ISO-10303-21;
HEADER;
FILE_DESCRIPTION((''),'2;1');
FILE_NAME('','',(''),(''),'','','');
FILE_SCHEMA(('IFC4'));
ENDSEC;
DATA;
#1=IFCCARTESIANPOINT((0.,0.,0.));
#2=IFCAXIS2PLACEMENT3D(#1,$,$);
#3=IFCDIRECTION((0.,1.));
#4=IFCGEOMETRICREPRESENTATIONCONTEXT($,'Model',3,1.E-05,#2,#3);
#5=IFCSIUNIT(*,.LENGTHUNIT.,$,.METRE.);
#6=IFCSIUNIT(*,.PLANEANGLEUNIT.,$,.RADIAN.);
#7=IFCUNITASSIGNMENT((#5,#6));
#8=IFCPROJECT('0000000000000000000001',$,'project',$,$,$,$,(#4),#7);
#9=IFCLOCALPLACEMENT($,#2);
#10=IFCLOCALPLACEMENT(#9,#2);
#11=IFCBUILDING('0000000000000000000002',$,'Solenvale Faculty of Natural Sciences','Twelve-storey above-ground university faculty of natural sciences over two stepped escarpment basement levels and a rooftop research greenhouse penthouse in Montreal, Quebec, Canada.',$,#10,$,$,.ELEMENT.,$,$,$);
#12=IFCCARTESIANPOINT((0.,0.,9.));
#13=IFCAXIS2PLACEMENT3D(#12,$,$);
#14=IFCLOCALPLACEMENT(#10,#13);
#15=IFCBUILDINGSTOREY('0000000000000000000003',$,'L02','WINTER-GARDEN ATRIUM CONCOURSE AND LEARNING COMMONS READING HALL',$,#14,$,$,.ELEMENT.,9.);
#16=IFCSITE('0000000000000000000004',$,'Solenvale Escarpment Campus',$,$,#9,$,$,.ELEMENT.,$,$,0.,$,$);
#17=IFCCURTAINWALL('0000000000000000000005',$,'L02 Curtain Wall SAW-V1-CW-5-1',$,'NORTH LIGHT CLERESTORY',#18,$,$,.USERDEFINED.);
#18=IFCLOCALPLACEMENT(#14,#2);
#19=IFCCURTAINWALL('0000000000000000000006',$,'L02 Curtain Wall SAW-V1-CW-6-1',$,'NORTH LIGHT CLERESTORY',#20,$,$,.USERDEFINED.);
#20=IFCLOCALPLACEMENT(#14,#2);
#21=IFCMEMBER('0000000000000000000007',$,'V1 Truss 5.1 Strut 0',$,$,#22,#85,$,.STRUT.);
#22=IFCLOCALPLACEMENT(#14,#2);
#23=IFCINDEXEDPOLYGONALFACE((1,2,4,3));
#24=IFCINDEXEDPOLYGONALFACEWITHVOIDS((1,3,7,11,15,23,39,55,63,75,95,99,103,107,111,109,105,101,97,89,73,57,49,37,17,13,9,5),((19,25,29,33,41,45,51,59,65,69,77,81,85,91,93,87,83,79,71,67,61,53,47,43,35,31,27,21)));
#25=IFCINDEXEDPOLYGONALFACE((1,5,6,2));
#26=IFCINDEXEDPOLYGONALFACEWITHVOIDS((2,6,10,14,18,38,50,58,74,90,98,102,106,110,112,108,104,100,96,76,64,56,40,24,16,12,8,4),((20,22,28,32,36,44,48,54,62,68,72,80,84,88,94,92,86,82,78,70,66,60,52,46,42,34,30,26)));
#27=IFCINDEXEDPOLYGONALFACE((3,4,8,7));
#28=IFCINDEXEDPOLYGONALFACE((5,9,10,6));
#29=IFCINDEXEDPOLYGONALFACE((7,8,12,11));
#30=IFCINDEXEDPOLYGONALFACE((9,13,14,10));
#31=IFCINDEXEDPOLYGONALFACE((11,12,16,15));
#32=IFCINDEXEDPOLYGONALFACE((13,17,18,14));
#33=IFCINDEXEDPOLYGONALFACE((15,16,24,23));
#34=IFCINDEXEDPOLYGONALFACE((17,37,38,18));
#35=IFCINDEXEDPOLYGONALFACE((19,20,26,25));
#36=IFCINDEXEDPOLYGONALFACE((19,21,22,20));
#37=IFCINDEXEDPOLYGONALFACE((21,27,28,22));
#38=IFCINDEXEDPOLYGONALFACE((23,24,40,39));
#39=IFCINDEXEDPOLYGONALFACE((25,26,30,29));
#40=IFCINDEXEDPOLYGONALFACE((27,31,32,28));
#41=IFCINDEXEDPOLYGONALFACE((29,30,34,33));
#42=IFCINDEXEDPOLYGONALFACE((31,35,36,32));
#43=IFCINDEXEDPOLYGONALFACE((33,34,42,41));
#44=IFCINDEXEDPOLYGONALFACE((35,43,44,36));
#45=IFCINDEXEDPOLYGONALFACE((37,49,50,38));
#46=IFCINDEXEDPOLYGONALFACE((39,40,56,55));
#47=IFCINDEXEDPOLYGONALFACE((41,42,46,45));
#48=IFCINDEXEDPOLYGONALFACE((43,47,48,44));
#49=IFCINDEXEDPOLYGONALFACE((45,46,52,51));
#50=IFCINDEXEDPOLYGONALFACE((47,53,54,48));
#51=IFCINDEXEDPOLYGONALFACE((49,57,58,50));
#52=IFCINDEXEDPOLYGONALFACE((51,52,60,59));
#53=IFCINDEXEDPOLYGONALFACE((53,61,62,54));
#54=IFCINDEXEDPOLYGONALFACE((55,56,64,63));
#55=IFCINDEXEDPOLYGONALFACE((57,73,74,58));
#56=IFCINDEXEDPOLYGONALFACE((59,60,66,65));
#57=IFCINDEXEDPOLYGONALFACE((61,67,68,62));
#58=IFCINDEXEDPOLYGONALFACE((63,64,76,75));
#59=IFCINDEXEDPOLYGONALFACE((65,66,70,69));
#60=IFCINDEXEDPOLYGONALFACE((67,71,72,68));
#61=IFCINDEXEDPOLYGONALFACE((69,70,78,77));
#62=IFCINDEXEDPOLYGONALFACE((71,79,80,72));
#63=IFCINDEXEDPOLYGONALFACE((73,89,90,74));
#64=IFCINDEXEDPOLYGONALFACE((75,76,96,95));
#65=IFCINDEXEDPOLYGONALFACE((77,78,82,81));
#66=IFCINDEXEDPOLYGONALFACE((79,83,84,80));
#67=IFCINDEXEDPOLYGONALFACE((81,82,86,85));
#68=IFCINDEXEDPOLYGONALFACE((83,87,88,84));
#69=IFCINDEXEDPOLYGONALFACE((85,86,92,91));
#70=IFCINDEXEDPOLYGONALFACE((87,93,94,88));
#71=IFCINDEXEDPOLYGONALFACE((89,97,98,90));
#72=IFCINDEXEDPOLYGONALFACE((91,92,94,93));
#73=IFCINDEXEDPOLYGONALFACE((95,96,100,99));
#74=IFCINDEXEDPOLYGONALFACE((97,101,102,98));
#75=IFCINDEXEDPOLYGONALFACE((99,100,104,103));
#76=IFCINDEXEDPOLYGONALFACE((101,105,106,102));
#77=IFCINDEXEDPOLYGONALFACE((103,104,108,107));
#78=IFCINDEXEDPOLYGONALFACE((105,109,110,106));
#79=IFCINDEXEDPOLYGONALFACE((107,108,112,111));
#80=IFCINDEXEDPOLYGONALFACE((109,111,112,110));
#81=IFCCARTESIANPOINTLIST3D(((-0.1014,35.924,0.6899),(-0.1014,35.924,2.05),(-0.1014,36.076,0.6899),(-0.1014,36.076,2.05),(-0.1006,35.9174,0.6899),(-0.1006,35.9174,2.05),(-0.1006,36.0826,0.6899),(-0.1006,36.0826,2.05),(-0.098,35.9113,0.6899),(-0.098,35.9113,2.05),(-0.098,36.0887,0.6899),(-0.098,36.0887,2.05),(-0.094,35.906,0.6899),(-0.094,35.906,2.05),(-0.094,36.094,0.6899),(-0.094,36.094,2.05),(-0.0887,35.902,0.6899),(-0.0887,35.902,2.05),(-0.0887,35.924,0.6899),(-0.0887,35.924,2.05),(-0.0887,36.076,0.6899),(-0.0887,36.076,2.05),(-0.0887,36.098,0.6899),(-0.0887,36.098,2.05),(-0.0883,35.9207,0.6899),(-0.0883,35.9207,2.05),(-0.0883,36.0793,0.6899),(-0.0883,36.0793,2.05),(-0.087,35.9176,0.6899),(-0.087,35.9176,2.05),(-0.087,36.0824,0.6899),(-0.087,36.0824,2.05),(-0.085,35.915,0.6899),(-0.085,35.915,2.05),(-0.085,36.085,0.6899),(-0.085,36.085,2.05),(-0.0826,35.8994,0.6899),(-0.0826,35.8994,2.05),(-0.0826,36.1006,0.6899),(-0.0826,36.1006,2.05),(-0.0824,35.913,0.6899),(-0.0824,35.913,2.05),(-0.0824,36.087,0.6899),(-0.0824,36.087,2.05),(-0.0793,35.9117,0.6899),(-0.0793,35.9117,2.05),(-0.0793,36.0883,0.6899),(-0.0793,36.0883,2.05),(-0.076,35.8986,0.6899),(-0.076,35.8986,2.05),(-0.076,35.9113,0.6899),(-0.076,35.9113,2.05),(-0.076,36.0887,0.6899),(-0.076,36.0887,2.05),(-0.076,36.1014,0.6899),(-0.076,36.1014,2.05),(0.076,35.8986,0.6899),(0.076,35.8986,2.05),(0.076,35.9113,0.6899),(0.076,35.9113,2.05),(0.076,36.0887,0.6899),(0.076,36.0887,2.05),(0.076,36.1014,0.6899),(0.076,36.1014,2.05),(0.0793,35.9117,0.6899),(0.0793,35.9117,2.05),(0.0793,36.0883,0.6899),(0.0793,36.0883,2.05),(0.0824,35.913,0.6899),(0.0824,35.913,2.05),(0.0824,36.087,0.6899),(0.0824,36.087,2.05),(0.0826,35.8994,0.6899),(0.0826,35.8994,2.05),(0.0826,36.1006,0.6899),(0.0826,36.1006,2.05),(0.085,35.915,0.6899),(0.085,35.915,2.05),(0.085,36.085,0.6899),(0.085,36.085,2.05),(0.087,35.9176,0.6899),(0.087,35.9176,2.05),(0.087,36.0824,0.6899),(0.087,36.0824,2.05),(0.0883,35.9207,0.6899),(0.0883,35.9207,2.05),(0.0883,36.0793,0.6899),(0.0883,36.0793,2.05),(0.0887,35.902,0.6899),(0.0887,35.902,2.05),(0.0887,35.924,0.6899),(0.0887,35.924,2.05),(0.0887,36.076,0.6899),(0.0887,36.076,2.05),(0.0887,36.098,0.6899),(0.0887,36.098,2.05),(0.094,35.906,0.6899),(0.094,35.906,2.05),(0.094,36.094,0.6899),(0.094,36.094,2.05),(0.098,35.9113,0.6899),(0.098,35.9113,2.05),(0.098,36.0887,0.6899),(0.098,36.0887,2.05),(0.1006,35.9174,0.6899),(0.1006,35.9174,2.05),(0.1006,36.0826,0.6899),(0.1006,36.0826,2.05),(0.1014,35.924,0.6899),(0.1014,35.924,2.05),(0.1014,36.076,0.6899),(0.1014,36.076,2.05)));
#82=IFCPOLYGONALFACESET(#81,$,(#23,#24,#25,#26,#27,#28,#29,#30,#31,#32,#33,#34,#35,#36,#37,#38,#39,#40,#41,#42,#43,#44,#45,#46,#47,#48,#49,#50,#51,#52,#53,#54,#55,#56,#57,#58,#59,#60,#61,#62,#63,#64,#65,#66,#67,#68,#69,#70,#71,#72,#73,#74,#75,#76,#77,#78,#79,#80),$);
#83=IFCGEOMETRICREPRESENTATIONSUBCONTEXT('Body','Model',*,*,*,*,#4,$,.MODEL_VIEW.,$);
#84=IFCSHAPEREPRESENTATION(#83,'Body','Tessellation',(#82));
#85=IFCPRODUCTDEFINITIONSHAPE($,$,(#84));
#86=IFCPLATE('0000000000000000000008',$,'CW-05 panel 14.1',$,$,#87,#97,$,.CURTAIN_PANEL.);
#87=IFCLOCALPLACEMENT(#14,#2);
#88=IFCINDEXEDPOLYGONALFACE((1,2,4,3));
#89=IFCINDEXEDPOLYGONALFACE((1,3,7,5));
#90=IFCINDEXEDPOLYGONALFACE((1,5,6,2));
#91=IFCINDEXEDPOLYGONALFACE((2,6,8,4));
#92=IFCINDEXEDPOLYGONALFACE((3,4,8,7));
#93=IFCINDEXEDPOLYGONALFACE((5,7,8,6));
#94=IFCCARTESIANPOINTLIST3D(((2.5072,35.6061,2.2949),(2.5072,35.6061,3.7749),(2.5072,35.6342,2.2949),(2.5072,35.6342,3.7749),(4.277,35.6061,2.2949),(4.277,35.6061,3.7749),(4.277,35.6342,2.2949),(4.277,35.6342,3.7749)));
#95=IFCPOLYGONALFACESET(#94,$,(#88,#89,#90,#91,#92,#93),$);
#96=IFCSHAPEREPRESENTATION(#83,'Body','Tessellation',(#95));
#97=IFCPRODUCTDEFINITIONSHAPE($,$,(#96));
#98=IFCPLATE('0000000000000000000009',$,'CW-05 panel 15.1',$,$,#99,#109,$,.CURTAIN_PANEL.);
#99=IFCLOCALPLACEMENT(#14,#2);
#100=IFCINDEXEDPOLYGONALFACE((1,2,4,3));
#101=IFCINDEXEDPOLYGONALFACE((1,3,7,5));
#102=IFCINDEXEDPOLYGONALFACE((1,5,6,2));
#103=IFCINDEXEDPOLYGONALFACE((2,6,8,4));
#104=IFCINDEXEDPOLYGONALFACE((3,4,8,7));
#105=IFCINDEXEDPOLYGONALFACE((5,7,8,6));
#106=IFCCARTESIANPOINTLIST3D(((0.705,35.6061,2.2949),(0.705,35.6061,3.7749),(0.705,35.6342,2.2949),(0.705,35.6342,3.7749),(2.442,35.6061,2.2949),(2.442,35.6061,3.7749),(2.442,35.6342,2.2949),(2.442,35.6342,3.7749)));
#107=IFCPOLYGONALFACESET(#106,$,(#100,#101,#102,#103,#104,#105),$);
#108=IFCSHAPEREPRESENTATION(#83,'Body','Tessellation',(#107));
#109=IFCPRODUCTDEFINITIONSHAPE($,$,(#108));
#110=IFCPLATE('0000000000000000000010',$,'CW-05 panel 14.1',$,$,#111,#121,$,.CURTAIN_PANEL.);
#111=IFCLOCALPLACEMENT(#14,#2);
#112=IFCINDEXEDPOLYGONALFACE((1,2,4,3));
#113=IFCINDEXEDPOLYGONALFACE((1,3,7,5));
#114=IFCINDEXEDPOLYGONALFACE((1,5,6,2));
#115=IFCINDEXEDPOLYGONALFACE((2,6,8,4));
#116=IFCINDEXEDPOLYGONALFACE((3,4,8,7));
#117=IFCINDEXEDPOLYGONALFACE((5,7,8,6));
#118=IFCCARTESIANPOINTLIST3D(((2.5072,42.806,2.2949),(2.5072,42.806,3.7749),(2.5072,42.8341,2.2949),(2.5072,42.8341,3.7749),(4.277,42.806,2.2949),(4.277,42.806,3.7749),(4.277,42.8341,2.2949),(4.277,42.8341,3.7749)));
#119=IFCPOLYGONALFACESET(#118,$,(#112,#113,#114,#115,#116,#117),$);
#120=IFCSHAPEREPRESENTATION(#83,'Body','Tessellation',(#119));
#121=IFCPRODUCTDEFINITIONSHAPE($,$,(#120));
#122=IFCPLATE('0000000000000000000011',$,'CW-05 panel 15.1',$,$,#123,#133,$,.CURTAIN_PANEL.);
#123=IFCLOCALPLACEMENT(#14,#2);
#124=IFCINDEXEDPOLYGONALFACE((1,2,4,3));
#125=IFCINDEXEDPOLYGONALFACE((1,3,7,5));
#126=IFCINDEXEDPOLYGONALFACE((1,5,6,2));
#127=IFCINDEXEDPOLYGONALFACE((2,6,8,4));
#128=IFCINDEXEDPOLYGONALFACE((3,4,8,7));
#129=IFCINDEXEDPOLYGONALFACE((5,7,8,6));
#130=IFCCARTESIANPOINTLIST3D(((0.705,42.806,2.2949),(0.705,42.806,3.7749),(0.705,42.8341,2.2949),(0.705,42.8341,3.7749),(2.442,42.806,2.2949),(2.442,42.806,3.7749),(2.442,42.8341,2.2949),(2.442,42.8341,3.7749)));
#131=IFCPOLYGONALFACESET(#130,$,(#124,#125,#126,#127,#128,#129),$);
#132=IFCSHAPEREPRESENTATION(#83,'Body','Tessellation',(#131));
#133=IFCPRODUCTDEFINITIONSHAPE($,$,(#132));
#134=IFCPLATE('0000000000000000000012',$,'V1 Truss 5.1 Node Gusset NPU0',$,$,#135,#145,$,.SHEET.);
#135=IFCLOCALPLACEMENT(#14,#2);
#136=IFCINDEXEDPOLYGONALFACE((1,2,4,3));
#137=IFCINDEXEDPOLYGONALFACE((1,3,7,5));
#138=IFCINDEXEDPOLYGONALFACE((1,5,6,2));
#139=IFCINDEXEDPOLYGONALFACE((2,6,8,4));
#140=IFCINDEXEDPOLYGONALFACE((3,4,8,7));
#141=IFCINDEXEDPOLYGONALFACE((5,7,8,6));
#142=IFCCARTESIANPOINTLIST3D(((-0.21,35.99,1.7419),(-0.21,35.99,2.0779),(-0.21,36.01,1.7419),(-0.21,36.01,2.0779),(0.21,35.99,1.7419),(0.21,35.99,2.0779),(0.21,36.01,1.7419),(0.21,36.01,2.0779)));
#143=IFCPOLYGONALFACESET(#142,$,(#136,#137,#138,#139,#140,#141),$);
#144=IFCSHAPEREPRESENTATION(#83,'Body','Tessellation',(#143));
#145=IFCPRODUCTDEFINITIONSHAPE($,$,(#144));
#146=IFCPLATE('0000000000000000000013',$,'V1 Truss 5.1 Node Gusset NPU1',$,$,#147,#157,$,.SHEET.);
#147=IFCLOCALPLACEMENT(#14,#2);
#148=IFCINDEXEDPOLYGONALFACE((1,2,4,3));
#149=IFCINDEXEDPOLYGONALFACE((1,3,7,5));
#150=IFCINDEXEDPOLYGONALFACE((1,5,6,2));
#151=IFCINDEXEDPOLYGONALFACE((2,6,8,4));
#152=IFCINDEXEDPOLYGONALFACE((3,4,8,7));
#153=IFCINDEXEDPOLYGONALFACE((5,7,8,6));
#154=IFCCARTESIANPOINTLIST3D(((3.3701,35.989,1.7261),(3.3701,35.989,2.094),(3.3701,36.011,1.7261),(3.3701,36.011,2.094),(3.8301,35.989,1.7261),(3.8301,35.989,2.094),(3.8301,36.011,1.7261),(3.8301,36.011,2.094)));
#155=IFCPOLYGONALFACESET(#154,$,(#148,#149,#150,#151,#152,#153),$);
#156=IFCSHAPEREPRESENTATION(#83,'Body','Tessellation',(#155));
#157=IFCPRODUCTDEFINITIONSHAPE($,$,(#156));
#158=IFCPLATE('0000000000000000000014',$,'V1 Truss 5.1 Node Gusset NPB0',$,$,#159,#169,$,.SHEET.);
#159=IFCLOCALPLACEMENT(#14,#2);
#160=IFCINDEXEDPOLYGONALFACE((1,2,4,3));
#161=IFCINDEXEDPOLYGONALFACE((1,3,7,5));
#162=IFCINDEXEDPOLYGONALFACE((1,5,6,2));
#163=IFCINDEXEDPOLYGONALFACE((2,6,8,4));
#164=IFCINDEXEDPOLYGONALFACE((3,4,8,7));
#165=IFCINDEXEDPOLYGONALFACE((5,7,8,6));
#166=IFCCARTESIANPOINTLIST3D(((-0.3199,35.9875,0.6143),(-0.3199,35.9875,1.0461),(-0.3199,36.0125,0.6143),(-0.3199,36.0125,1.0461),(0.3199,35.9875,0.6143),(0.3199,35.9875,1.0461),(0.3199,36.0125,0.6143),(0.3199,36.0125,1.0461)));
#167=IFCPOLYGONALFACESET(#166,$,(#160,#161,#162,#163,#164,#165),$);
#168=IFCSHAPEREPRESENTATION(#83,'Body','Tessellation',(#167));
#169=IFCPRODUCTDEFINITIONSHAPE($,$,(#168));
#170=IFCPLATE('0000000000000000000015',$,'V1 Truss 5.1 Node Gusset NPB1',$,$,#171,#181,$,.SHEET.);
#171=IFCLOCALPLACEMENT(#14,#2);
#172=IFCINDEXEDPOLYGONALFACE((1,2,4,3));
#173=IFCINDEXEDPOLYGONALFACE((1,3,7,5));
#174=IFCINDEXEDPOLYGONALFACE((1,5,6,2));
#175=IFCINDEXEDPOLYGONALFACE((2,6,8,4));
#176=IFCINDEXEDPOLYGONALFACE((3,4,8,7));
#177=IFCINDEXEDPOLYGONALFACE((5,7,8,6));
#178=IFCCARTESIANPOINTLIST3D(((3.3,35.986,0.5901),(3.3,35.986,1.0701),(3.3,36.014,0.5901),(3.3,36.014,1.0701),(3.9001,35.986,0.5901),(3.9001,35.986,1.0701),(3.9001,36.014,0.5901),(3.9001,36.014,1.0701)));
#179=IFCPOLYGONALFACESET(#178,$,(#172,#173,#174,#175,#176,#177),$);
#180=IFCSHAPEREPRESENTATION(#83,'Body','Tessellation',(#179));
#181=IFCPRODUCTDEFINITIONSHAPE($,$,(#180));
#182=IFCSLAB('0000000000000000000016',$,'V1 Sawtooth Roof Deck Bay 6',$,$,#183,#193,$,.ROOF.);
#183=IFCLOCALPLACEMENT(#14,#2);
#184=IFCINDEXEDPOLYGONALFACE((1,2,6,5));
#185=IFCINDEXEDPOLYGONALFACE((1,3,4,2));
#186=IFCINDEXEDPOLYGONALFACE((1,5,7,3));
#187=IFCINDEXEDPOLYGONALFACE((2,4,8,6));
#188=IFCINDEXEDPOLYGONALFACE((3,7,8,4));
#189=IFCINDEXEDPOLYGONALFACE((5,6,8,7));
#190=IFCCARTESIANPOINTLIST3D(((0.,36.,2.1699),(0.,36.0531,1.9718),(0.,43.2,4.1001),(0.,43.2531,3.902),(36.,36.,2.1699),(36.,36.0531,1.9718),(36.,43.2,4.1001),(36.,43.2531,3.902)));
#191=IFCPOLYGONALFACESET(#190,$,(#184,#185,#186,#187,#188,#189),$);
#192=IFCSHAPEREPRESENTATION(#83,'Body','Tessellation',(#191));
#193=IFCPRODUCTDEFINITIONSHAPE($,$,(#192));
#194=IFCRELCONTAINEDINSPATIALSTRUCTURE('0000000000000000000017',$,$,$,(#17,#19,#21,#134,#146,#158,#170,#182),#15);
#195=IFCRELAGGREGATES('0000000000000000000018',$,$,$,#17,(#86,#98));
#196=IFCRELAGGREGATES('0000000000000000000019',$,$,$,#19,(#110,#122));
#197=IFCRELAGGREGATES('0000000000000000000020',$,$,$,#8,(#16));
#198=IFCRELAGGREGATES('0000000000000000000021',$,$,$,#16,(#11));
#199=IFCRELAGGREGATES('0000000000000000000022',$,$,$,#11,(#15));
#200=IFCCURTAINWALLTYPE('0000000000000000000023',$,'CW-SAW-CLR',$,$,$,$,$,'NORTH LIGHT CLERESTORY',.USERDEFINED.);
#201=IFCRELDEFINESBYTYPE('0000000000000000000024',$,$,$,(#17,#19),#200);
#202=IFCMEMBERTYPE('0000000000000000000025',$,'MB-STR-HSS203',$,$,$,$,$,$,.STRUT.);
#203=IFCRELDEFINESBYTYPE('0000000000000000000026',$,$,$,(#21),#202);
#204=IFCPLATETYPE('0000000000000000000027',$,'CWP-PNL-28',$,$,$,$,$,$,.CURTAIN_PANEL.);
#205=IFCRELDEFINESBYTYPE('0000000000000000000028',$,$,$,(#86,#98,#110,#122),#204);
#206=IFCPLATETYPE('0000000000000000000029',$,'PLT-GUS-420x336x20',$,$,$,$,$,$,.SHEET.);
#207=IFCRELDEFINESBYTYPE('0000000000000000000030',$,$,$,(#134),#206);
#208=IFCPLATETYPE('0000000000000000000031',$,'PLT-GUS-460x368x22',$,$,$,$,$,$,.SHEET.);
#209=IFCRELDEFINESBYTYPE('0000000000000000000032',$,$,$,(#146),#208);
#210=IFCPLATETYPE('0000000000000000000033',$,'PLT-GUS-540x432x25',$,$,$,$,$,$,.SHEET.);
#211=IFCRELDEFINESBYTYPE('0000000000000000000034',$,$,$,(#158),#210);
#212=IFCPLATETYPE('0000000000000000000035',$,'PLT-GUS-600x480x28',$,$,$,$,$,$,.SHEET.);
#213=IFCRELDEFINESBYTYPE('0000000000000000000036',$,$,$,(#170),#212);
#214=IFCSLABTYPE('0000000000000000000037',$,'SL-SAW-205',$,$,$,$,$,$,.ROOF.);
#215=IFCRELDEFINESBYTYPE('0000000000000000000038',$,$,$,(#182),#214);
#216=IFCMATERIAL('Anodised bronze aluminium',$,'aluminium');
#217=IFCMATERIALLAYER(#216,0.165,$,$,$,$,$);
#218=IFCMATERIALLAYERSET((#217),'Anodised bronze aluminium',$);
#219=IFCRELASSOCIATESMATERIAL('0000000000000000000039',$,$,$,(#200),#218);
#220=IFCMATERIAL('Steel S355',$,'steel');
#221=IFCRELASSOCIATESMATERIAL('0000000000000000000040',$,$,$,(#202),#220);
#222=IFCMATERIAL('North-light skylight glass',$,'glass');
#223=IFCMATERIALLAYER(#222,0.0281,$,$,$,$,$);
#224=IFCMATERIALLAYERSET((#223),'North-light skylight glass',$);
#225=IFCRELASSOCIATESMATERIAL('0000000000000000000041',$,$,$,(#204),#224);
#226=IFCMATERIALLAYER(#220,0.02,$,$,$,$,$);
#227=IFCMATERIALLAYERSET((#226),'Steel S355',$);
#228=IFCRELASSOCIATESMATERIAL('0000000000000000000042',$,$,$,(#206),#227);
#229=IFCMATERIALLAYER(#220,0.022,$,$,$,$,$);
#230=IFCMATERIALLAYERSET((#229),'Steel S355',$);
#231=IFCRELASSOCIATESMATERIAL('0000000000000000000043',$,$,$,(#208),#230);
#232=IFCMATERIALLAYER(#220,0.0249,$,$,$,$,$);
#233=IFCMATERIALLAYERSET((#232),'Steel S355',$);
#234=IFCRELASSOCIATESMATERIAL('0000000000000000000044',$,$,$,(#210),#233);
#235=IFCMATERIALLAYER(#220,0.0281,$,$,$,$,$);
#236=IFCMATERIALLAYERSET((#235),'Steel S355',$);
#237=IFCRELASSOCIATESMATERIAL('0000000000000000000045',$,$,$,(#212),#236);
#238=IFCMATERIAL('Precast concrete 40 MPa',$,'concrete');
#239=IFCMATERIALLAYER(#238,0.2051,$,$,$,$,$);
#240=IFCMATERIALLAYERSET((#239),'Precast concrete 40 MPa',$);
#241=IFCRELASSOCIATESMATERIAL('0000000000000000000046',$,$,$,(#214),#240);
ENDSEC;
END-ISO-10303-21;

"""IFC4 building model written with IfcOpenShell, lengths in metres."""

from ifc_helpers import new_model, si_unit, direction, frame, origin, origin_2d, place, context, subcontext, project, spatial, polyline, rectangle, hollow_rectangle, outline, extrude, material, layer, layer_set, material_profile, profile_set, type_object, element, aggregate, save


model = new_model("IFC4")

# Units and contexts
model_context = context("Model", 3, precision=1e-05, world=origin(), true_north=direction((0.0, 1.0)))
body_context = subcontext(model_context, "Body", "Model", "MODEL_VIEW")
ifc_project = project(units=[si_unit("LENGTHUNIT", "METRE"), si_unit("PLANEANGLEUNIT", "RADIAN")], contexts=[model_context])

# Site, building, storey
site_placement = place(None, origin())
site = spatial("IfcSite", under=ifc_project, at=site_placement, Name="Solenvale Escarpment Campus", CompositionType="ELEMENT", RefElevation=0.0)
building_placement = place(site_placement, origin())
building = spatial("IfcBuilding", under=site, at=building_placement, Name="Solenvale Faculty of Natural Sciences", Description="Twelve-storey above-ground university faculty of natural sciences over two stepped escarpment basement levels and a rooftop research greenhouse penthouse in Montreal, Quebec, Canada.", CompositionType="ELEMENT")
storey_placement = place(building_placement, frame((0.0, 0.0, 9.0)))
storey = spatial("IfcBuildingStorey", under=building, at=storey_placement, Name="L02", Description="WINTER-GARDEN ATRIUM CONCOURSE AND LEARNING COMMONS READING HALL", CompositionType="ELEMENT", Elevation=9.0)

# Shared definitions
ifc_material_1 = material(Name="Steel S355", Category="steel")

# Curtain walls
ifc_material_2 = material(Name="Anodised bronze aluminium", Category="aluminium")
ifc_layer_1 = layer(ifc_material_2, 0.165)
ifc_layer_set_1 = layer_set([ifc_layer_1], Name="Anodised bronze aluminium")
curtain_wall_type = type_object("IfcCurtainWallType", Name="CW-SAW-CLR", ElementType="NORTH LIGHT CLERESTORY", PredefinedType="USERDEFINED", material=ifc_layer_set_1)
curtain_wall_1_placement = place(storey_placement, origin())
curtain_wall_1 = element("IfcCurtainWall", 1, at=curtain_wall_1_placement, inside=storey, type_object=curtain_wall_type, Name="L02 Curtain Wall SAW-V1-CW-5-1", ObjectType="NORTH LIGHT CLERESTORY", PredefinedType="USERDEFINED")
curtain_wall_2_placement = place(storey_placement, origin())
curtain_wall_2 = element("IfcCurtainWall", 2, at=curtain_wall_2_placement, inside=storey, type_object=curtain_wall_type, Name="L02 Curtain Wall SAW-V1-CW-6-1", ObjectType="NORTH LIGHT CLERESTORY", PredefinedType="USERDEFINED")

# Member
ifc_material_profile_1 = material_profile(ifc_material_1, hollow_rectangle(XDim=0.2029, YDim=0.2029, WallThickness=0.0127, InnerFilletRadius=0.0127, OuterFilletRadius=0.0254, at=origin_2d()), Name="HSS203x203x13")
ifc_profile_set_1 = profile_set([ifc_material_profile_1], Name="Steel S355")
member_type_1 = type_object("IfcMemberType", Name="MB-STR-HSS203", PredefinedType="STRUT", material=ifc_profile_set_1)
member_1_placement = place(storey_placement, frame((0.0, 36.0, 0.6899), z_axis=(0.0, 0.0, 1.0), x_axis=(1.0, 0.0, 0.0)))
element("IfcMember", 3, at=member_1_placement, inside=storey, type_object=member_type_1, Name="V1 Truss 5.1 Strut 0", PredefinedType="STRUT", context=body_context, shape_type="SweptSolid", body=[
    extrude(hollow_rectangle(XDim=0.2029, YDim=0.2029, WallThickness=0.0127, InnerFilletRadius=0.0127, OuterFilletRadius=0.0254, at=origin_2d()), origin(), (0.0, 0.0, 1.0), 1.3601),
])

# Plates
ifc_material_3 = material(Name="North-light skylight glass", Category="glass")
ifc_layer_2 = layer(ifc_material_3, 0.0281)
ifc_layer_set_2 = layer_set([ifc_layer_2], Name="North-light skylight glass")
plate_type_1 = type_object("IfcPlateType", Name="CWP-PNL-28", PredefinedType="CURTAIN_PANEL", material=ifc_layer_set_2)
plate_1_placement = place(storey_placement, frame((3.3921, 35.6201, 2.2949), z_axis=(0.0, 0.0, 1.0), x_axis=(-1.0, 0.0, 0.0)))
plate_1 = element("IfcPlate", 4, at=plate_1_placement, type_object=plate_type_1, Name="CW-05 panel 14.1", PredefinedType="CURTAIN_PANEL", context=body_context, shape_type="SweptSolid", body=[
    extrude(rectangle(XDim=1.7698, YDim=0.0281, at=origin_2d()), origin(), (0.0, 0.0, 1.0), 1.48),
])
plate_2_placement = place(storey_placement, frame((1.5735, 35.6201, 2.2949), z_axis=(0.0, 0.0, 1.0), x_axis=(-1.0, 0.0, 0.0)))
plate_2 = element("IfcPlate", 5, at=plate_2_placement, type_object=plate_type_1, Name="CW-05 panel 15.1", PredefinedType="CURTAIN_PANEL", context=body_context, shape_type="SweptSolid", body=[
    extrude(rectangle(XDim=1.7371, YDim=0.0281, at=origin_2d()), origin(), (0.0, 0.0, 1.0), 1.48),
])
aggregate(curtain_wall_1, [plate_1, plate_2])
plate_3_placement = place(storey_placement, frame((3.3921, 42.8201, 2.2949), z_axis=(0.0, 0.0, 1.0), x_axis=(-1.0, 0.0, 0.0)))
plate_3 = element("IfcPlate", 6, at=plate_3_placement, type_object=plate_type_1, Name="CW-05 panel 14.1", PredefinedType="CURTAIN_PANEL", context=body_context, shape_type="SweptSolid", body=[
    extrude(rectangle(XDim=1.7698, YDim=0.0281, at=origin_2d()), origin(), (0.0, 0.0, 1.0), 1.48),
])
plate_4_placement = place(storey_placement, frame((1.5735, 42.8201, 2.2949), z_axis=(0.0, 0.0, 1.0), x_axis=(-1.0, 0.0, 0.0)))
plate_4 = element("IfcPlate", 7, at=plate_4_placement, type_object=plate_type_1, Name="CW-05 panel 15.1", PredefinedType="CURTAIN_PANEL", context=body_context, shape_type="SweptSolid", body=[
    extrude(rectangle(XDim=1.7371, YDim=0.0281, at=origin_2d()), origin(), (0.0, 0.0, 1.0), 1.48),
])
aggregate(curtain_wall_2, [plate_3, plate_4])

# Plates
ifc_layer_3 = layer(ifc_material_1, 0.02)
ifc_layer_set_3 = layer_set([ifc_layer_3], Name="Steel S355")
plate_type_2 = type_object("IfcPlateType", Name="PLT-GUS-420x336x20", PredefinedType="SHEET", material=ifc_layer_set_3)
plate_5_placement = place(storey_placement, frame((0.0, 36.0, 1.7419), z_axis=(0.0, 0.0, 1.0), x_axis=(1.0, 0.0, 0.0)))
element("IfcPlate", 8, at=plate_5_placement, inside=storey, type_object=plate_type_2, Name="V1 Truss 5.1 Node Gusset NPU0", PredefinedType="SHEET", context=body_context, shape_type="SweptSolid", body=[
    extrude(rectangle(XDim=0.4199, YDim=0.02, at=origin_2d()), origin(), (0.0, 0.0, 1.0), 0.3359),
])
ifc_layer_4 = layer(ifc_material_1, 0.022)
ifc_layer_set_4 = layer_set([ifc_layer_4], Name="Steel S355")
plate_type_3 = type_object("IfcPlateType", Name="PLT-GUS-460x368x22", PredefinedType="SHEET", material=ifc_layer_set_4)
plate_6_placement = place(storey_placement, frame((3.6001, 36.0, 1.7261), z_axis=(0.0, 0.0, 1.0), x_axis=(1.0, 0.0, 0.0)))
element("IfcPlate", 9, at=plate_6_placement, inside=storey, type_object=plate_type_3, Name="V1 Truss 5.1 Node Gusset NPU1", PredefinedType="SHEET", context=body_context, shape_type="SweptSolid", body=[
    extrude(rectangle(XDim=0.46, YDim=0.022, at=origin_2d()), origin(), (0.0, 0.0, 1.0), 0.3679),
])
ifc_layer_5 = layer(ifc_material_1, 0.0249)
ifc_layer_set_5 = layer_set([ifc_layer_5], Name="Steel S355")
plate_type_4 = type_object("IfcPlateType", Name="PLT-GUS-540x432x25", PredefinedType="SHEET", material=ifc_layer_set_5)
plate_7_placement = place(storey_placement, frame((0.0, 36.0, 0.6143), z_axis=(0.0, 0.0, 1.0), x_axis=(1.0, 0.0, 0.0)))
element("IfcPlate", 10, at=plate_7_placement, inside=storey, type_object=plate_type_4, Name="V1 Truss 5.1 Node Gusset NPB0", PredefinedType="SHEET", context=body_context, shape_type="SweptSolid", body=[
    extrude(rectangle(XDim=0.6399, YDim=0.0249, at=origin_2d()), origin(), (0.0, 0.0, 1.0), 0.4319),
])
ifc_layer_6 = layer(ifc_material_1, 0.0281)
ifc_layer_set_6 = layer_set([ifc_layer_6], Name="Steel S355")
plate_type_5 = type_object("IfcPlateType", Name="PLT-GUS-600x480x28", PredefinedType="SHEET", material=ifc_layer_set_6)
plate_8_placement = place(storey_placement, frame((3.6001, 36.0, 0.5901), z_axis=(0.0, 0.0, 1.0), x_axis=(1.0, 0.0, 0.0)))
element("IfcPlate", 11, at=plate_8_placement, inside=storey, type_object=plate_type_5, Name="V1 Truss 5.1 Node Gusset NPB1", PredefinedType="SHEET", context=body_context, shape_type="SweptSolid", body=[
    extrude(rectangle(XDim=0.6001, YDim=0.0281, at=origin_2d()), origin(), (0.0, 0.0, 1.0), 0.48),
])

# Slab
ifc_material_4 = material(Name="Precast concrete 40 MPa", Category="concrete")
ifc_layer_7 = layer(ifc_material_4, 0.2051)
ifc_layer_set_7 = layer_set([ifc_layer_7], Name="Precast concrete 40 MPa")
slab_type = type_object("IfcSlabType", Name="SL-SAW-205", PredefinedType="ROOF", material=ifc_layer_set_7)
slab_placement = place(storey_placement, frame((0.0, 36.0, 2.1699), z_axis=(0.0, -0.258939, 0.965894), x_axis=(1.0, 0.0, 0.0)))
element("IfcSlab", 12, at=slab_placement, inside=storey, type_object=slab_type, Name="V1 Sawtooth Roof Deck Bay 6", PredefinedType="ROOF", context=body_context, shape_type="SweptSolid", body=[
    extrude(outline(polyline([(0.0, 0.0), (36.0, 0.0), (36.0, 7.4542), (0.0, 7.4542), (0.0, 0.0)])), origin(), (0.0, 0.0, -1.0), 0.2051),
])

save(model, "model.ifc")
